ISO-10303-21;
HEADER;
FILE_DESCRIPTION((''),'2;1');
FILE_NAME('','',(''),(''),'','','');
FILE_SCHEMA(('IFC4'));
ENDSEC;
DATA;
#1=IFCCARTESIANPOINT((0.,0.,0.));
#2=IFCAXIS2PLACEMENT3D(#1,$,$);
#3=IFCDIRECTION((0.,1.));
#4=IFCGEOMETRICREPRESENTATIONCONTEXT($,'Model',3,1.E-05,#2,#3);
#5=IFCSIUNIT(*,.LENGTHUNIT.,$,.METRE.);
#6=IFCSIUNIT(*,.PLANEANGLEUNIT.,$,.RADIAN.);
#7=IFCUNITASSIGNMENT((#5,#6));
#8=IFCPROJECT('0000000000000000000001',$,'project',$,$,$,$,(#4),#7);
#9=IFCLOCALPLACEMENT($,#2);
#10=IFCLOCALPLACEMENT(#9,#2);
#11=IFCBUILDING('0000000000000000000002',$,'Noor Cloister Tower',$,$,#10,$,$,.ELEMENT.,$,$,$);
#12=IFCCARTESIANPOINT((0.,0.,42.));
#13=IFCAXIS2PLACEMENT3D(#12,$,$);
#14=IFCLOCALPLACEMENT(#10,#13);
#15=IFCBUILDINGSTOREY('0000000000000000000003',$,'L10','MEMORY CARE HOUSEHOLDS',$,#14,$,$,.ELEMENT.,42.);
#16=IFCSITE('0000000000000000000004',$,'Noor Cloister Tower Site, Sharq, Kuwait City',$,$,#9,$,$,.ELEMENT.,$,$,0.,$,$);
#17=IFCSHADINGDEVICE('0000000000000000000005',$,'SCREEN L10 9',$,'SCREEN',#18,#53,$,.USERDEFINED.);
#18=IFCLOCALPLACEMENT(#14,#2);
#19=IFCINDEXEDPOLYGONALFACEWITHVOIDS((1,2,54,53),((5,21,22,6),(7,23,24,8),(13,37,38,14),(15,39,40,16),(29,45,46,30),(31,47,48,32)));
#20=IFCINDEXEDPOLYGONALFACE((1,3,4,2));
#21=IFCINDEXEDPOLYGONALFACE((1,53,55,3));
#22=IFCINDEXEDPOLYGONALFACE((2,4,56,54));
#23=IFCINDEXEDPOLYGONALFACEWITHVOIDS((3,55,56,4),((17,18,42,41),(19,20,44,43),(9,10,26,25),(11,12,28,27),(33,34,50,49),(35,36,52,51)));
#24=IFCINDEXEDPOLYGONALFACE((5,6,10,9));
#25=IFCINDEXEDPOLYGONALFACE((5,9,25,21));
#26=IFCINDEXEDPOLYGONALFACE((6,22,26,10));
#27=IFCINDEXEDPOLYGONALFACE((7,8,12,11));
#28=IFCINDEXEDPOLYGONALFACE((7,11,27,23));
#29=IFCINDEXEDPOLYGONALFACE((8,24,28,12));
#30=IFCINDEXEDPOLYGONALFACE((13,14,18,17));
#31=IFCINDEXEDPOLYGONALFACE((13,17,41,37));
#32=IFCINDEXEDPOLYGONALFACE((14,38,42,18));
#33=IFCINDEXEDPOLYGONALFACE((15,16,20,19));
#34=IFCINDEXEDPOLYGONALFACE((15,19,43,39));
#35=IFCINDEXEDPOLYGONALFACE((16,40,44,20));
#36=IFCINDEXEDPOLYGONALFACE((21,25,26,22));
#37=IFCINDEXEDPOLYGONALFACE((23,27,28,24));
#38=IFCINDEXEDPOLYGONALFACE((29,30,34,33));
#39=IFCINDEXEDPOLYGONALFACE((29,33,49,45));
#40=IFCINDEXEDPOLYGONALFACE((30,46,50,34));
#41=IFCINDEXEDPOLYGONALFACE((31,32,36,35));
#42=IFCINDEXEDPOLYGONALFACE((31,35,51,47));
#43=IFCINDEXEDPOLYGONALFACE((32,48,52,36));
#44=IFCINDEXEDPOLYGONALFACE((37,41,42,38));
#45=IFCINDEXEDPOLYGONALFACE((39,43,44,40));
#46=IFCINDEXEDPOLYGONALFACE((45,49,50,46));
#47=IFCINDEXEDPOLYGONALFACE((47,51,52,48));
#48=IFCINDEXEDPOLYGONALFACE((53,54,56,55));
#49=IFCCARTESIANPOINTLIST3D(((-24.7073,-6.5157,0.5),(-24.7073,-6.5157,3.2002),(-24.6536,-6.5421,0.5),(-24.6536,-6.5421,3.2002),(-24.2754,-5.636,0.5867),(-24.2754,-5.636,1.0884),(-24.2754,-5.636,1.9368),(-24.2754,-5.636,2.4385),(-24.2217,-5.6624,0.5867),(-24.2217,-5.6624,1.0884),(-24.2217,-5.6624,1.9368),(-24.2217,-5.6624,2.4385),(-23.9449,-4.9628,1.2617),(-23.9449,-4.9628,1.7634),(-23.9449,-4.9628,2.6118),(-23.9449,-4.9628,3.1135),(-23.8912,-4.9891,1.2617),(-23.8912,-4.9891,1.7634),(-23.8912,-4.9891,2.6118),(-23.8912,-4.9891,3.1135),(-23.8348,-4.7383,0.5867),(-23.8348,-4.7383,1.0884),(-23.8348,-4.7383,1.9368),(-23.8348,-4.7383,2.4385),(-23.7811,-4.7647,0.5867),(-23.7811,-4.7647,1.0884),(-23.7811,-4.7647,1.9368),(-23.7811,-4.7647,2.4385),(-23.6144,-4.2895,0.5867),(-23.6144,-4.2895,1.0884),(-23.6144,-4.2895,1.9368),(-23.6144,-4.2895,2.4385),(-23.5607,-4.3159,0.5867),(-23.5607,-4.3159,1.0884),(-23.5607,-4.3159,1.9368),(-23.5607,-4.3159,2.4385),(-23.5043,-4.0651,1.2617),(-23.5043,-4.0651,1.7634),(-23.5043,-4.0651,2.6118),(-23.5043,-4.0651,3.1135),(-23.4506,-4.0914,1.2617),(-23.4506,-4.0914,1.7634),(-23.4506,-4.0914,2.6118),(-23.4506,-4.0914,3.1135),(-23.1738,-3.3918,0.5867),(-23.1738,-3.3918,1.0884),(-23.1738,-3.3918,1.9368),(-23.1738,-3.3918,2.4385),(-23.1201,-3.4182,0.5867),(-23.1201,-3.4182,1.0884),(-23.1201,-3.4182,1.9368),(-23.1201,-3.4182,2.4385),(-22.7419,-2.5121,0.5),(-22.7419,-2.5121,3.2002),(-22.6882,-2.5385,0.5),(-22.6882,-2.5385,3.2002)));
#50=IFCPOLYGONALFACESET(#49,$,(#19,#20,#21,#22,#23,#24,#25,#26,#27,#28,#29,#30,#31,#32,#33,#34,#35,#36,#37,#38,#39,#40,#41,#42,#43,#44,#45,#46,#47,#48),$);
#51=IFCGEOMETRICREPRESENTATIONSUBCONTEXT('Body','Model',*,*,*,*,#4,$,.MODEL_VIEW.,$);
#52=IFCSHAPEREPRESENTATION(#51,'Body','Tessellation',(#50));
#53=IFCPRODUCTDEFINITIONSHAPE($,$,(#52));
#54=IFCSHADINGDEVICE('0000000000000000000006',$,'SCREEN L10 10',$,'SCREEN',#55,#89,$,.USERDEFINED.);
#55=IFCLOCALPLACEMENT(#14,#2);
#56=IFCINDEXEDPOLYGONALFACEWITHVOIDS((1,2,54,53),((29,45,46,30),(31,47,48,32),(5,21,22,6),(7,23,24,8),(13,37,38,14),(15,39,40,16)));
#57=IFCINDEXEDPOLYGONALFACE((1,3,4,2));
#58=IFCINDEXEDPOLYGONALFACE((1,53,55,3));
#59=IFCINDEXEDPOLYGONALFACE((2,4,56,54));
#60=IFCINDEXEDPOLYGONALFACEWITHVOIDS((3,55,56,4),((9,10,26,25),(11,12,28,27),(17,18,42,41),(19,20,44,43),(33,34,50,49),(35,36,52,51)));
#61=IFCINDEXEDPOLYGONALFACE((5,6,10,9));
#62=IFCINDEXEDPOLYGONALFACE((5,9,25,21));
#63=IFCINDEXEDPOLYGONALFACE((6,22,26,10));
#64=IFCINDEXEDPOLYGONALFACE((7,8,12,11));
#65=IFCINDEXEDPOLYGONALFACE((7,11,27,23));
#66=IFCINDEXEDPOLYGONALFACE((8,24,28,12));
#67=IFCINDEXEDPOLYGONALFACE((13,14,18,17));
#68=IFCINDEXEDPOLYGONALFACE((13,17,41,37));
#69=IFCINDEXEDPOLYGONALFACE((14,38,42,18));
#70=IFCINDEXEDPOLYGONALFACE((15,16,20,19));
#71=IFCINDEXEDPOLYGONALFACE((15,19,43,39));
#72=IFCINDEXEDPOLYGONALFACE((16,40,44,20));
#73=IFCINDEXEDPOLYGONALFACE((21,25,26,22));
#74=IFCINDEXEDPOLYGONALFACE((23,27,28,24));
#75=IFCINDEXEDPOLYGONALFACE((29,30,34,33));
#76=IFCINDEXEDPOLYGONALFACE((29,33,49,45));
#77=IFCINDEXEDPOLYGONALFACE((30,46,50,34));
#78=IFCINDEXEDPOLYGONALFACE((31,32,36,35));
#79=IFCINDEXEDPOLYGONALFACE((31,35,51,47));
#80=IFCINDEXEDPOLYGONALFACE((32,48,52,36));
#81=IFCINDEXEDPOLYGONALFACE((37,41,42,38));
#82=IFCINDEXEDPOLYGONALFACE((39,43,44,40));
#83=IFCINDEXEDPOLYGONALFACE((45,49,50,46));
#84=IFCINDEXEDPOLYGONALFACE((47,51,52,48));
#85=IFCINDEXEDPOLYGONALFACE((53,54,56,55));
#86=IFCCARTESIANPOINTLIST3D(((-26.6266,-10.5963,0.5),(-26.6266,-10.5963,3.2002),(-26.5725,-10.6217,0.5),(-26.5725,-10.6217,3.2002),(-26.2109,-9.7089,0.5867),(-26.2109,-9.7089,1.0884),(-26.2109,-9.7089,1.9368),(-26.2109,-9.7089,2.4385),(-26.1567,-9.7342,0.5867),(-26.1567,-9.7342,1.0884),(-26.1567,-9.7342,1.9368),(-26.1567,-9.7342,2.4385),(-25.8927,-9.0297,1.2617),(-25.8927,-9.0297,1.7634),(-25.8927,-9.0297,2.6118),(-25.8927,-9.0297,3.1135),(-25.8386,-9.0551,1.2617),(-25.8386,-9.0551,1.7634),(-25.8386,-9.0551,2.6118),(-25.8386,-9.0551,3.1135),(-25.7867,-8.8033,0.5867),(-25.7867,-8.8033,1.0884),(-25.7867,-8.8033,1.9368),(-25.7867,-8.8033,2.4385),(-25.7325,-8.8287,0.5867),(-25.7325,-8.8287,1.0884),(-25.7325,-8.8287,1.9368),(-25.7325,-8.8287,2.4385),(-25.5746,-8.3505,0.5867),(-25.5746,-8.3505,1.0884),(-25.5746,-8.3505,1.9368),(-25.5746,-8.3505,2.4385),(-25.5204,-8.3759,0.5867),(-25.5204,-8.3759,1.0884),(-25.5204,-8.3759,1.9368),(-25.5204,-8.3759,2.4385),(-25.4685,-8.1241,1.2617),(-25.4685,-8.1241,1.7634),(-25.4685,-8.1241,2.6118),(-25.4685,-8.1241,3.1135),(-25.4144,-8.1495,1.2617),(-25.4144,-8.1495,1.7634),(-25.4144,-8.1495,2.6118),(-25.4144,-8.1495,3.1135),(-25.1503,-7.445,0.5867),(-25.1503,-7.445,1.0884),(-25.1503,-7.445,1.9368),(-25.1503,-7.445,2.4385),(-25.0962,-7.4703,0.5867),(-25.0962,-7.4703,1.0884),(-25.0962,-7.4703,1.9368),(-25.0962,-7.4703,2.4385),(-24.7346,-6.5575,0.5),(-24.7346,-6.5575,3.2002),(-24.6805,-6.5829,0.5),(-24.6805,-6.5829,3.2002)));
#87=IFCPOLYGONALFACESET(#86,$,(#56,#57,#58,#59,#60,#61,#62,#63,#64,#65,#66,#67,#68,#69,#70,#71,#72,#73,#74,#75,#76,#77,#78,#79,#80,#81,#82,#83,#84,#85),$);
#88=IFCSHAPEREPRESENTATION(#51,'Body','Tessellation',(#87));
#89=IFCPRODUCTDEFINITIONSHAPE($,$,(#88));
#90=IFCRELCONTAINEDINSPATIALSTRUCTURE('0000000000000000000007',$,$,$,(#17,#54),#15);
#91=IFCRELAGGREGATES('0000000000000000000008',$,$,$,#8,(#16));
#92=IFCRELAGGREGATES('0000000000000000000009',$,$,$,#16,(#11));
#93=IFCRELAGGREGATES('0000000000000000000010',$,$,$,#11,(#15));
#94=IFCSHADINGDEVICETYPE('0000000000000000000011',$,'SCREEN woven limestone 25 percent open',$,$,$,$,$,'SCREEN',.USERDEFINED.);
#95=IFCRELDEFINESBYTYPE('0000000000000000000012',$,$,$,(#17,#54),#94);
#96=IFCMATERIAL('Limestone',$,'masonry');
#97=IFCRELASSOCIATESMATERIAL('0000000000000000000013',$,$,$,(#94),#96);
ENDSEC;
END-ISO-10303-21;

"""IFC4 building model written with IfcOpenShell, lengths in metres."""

from ifc_helpers import new_model, si_unit, direction, frame, origin, place, context, subcontext, project, spatial, polyline, outline, extrude, material, material_profile, profile_set, type_object, element, save


model = new_model("IFC4")

# Units and contexts
model_context = context("Model", 3, precision=1e-05, world=origin(), true_north=direction((0.0, 1.0)))
body_context = subcontext(model_context, "Body", "Model", "MODEL_VIEW")
ifc_project = project(units=[si_unit("LENGTHUNIT", "METRE"), si_unit("PLANEANGLEUNIT", "RADIAN")], contexts=[model_context])

# Site, building, storey
site_placement = place(None, origin())
site = spatial("IfcSite", under=ifc_project, at=site_placement, Name="Noor Cloister Tower Site, Sharq, Kuwait City", CompositionType="ELEMENT", RefElevation=0.0)
building_placement = place(site_placement, origin())
building = spatial("IfcBuilding", under=site, at=building_placement, Name="Noor Cloister Tower", CompositionType="ELEMENT")
storey_placement = place(building_placement, frame((0.0, 0.0, 42.0)))
storey = spatial("IfcBuildingStorey", under=building, at=storey_placement, Name="L10", Description="MEMORY CARE HOUSEHOLDS", CompositionType="ELEMENT", Elevation=42.0)

# Shading devices
ifc_material_1 = material(Name="Limestone", Category="masonry")
ifc_material_profile_1 = material_profile(ifc_material_1, outline(polyline([(-2.23, -1.3501), (2.23, -1.3501), (2.23, 1.3501), (-2.23, 1.3501), (-2.23, -1.3501)]), holes=[polyline([(-1.25, -1.2634), (-0.25, -1.2634), (-0.25, -0.7617), (-1.25, -0.7617), (-1.25, -1.2634)]), polyline([(0.25, -1.2634), (1.25, -1.2634), (1.25, -0.7617), (0.25, -0.7617), (0.25, -1.2634)]), polyline([(-0.5, -0.5884), (0.5, -0.5884), (0.5, -0.0867), (-0.5, -0.0867), (-0.5, -0.5884)]), polyline([(-1.25, 0.0867), (-0.25, 0.0867), (-0.25, 0.5884), (-1.25, 0.5884), (-1.25, 0.0867)]), polyline([(0.25, 0.0867), (1.25, 0.0867), (1.25, 0.5884), (0.25, 0.5884), (0.25, 0.0867)]), polyline([(-0.5, 0.7617), (0.5, 0.7617), (0.5, 1.2634), (-0.5, 1.2634), (-0.5, 0.7617)])]), Name="Woven screen 25 percent open")
ifc_profile_set_1 = profile_set([ifc_material_profile_1], Name="Limestone")
shading_device_type = type_object("IfcShadingDeviceType", Name="SCREEN woven limestone 25 percent open", ElementType="SCREEN", PredefinedType="USERDEFINED", material=ifc_profile_set_1)
for number, where, z_axis, x_axis, name in (
    (1, (-23.6709, -4.5403, 1.8501), (-0.897668, 0.440673, 0.0), (-0.440673, -0.897668, 0.0), "SCREEN L10 9"),
    (2, (-25.6265, -8.6023, 1.8501), (-0.905557, 0.424225, 0.0), (-0.424225, -0.905557, 0.0), "SCREEN L10 10"),
):
    element("IfcShadingDevice", number, at=place(storey_placement, frame(where, z_axis=z_axis, x_axis=x_axis)), inside=storey, type_object=shading_device_type, Name=name, ObjectType="SCREEN", PredefinedType="USERDEFINED", context=body_context, shape_type="SweptSolid", body=[
        extrude(outline(polyline([(-2.23, -1.3501), (2.23, -1.3501), (2.23, 1.3501), (-2.23, 1.3501), (-2.23, -1.3501)]), holes=[polyline([(-1.25, -1.2634), (-0.25, -1.2634), (-0.25, -0.7617), (-1.25, -0.7617), (-1.25, -1.2634)]), polyline([(0.25, -1.2634), (1.25, -1.2634), (1.25, -0.7617), (0.25, -0.7617), (0.25, -1.2634)]), polyline([(-0.5, -0.5884), (0.5, -0.5884), (0.5, -0.0867), (-0.5, -0.0867), (-0.5, -0.5884)]), polyline([(-1.25, 0.0867), (-0.25, 0.0867), (-0.25, 0.5884), (-1.25, 0.5884), (-1.25, 0.0867)]), polyline([(0.25, 0.0867), (1.25, 0.0867), (1.25, 0.5884), (0.25, 0.5884), (0.25, 0.0867)]), polyline([(-0.5, 0.7617), (0.5, 0.7617), (0.5, 1.2634), (-0.5, 1.2634), (-0.5, 0.7617)])]), origin(), (0.0, 0.0, 1.0), 0.0598),
    ])

save(model, "model.ifc")
